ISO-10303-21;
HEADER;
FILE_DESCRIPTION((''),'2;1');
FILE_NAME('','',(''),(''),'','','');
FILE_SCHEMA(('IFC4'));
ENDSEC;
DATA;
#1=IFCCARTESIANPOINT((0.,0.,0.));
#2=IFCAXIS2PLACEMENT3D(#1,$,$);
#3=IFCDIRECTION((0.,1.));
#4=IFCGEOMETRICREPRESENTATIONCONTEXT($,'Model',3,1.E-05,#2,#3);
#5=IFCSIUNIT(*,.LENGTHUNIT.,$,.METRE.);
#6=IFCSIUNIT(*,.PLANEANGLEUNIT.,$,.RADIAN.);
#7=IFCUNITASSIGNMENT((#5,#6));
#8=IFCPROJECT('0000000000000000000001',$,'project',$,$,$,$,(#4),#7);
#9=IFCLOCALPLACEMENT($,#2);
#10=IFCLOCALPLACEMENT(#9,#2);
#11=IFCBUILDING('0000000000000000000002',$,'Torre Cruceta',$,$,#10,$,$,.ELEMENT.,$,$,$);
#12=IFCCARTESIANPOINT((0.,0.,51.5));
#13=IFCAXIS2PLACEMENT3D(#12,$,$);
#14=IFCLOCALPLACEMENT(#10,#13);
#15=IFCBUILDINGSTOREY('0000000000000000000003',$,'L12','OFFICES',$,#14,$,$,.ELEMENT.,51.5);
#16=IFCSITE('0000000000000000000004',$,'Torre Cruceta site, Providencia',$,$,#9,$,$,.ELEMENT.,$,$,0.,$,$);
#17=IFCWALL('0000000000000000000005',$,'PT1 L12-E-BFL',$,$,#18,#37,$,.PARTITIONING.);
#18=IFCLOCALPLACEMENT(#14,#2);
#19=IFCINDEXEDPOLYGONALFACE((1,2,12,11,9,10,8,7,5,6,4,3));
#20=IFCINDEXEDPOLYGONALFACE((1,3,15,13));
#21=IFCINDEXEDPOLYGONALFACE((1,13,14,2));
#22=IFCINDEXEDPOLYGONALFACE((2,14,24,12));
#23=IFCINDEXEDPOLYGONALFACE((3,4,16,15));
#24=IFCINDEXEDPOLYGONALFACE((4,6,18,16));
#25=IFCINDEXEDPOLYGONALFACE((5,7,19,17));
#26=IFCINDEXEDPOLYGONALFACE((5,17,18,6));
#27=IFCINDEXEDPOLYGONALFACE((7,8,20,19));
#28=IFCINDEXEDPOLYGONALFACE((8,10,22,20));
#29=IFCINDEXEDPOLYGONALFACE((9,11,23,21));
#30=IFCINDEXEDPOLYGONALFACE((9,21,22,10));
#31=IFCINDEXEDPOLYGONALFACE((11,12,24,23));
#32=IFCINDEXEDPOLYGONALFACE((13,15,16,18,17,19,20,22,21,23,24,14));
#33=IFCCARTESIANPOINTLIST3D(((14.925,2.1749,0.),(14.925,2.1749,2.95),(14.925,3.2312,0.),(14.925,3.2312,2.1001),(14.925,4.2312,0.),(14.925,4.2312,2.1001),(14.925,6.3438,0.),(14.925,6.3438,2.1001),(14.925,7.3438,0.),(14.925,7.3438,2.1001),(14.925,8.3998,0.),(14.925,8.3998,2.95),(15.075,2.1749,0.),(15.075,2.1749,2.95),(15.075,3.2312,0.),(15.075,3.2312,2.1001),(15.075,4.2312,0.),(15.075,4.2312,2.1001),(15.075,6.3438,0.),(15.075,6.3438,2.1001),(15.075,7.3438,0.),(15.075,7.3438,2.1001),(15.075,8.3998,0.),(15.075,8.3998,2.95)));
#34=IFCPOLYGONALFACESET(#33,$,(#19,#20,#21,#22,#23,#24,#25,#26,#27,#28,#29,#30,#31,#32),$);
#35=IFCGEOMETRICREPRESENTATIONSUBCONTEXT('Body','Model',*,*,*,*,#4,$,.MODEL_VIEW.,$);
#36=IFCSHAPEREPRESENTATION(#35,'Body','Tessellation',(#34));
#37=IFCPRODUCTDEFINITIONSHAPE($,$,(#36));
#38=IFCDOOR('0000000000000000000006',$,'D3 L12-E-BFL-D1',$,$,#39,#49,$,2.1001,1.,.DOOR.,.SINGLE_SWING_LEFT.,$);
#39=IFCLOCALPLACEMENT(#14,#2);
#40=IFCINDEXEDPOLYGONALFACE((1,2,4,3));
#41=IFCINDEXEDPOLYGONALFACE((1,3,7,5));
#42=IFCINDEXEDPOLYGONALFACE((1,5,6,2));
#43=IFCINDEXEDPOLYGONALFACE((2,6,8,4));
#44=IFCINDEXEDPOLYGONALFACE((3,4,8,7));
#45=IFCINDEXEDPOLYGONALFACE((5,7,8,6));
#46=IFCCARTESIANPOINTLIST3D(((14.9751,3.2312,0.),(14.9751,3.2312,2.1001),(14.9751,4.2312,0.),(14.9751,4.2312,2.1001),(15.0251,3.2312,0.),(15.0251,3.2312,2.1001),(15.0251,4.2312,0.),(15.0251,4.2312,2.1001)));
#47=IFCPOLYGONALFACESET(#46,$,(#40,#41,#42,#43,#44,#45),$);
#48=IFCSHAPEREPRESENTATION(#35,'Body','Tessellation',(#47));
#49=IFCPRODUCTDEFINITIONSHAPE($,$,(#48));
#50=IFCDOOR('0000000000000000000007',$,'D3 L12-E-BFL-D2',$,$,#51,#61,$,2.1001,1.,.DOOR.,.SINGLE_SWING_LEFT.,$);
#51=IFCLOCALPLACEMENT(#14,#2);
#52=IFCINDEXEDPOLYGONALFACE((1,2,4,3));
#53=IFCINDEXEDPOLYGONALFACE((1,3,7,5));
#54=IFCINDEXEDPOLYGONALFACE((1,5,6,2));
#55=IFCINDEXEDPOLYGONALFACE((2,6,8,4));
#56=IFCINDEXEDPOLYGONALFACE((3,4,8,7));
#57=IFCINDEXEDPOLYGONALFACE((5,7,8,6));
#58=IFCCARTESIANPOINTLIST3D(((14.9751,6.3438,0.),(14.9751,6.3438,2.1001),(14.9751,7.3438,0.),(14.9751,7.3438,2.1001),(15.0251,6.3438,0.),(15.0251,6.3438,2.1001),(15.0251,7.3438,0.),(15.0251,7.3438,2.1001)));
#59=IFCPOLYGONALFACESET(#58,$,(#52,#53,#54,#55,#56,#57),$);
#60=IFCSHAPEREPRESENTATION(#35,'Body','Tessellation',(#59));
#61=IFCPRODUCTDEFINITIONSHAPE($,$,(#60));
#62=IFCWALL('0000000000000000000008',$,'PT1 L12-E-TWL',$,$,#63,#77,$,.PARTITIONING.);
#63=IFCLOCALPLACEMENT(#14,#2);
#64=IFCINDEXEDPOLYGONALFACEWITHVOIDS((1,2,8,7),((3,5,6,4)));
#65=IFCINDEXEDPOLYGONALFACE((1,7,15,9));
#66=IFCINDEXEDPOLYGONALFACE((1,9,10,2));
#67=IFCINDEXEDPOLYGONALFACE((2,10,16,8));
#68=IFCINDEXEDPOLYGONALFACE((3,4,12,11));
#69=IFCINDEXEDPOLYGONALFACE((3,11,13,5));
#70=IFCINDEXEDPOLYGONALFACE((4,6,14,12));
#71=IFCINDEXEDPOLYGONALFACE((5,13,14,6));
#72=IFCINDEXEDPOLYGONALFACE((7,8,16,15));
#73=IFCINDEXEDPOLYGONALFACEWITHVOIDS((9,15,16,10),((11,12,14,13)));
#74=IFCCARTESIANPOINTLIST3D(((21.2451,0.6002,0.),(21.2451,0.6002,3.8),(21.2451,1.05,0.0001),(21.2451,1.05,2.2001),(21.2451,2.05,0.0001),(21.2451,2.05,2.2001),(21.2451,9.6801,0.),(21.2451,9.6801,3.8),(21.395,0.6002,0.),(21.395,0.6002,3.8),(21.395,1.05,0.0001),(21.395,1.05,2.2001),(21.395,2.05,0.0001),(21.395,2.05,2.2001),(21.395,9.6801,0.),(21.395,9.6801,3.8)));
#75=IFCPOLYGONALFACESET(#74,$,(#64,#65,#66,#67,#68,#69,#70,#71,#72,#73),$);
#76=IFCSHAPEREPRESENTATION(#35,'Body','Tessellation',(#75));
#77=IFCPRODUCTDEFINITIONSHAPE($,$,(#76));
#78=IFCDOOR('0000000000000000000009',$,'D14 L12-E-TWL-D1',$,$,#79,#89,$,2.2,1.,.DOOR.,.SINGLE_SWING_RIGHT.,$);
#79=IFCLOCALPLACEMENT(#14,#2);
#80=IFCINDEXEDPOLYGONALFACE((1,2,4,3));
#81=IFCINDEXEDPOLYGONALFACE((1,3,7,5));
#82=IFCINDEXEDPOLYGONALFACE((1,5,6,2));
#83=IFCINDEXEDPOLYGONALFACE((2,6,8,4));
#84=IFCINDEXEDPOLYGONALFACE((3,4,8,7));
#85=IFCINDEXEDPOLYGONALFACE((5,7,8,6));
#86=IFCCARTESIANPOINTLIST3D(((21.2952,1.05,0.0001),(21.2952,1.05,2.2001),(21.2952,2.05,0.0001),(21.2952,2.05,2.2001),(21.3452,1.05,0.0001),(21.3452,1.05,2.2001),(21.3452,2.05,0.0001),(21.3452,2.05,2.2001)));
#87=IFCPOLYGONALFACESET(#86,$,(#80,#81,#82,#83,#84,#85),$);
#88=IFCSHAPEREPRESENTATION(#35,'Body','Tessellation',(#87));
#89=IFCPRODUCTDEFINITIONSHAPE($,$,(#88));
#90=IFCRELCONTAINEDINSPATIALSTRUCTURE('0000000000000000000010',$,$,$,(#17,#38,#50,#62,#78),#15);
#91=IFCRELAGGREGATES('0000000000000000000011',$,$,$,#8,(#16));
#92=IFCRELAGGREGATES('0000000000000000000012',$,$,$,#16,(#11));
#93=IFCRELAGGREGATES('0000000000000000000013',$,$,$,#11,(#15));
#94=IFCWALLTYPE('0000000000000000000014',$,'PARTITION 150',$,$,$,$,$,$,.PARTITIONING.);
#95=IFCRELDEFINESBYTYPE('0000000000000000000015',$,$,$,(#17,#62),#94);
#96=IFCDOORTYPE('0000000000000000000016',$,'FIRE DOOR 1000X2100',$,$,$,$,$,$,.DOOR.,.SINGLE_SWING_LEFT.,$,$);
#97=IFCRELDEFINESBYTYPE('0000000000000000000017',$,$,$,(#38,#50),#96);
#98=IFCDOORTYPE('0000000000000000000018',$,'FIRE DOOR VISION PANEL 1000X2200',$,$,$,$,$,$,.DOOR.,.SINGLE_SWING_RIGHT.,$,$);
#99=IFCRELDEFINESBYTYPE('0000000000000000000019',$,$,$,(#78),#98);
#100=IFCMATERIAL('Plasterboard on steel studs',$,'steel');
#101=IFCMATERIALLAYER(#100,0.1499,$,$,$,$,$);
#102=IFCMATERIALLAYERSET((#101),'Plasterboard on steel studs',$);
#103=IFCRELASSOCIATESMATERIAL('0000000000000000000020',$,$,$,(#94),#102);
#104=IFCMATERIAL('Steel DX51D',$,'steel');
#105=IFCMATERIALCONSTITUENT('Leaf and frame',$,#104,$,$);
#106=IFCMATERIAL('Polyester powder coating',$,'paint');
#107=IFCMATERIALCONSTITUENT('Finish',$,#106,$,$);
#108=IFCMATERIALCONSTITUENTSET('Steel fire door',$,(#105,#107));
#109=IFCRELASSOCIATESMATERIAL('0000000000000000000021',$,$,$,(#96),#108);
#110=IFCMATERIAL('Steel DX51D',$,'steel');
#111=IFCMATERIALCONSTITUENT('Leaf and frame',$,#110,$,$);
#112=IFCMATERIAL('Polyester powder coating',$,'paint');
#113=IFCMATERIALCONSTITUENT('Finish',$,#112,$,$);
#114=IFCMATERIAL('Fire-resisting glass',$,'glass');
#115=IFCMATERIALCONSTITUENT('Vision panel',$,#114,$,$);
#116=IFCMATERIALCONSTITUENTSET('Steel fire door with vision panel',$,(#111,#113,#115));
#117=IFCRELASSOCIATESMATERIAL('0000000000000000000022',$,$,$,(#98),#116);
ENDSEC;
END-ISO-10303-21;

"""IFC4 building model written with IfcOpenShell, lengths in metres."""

from ifc_helpers import new_model, si_unit, direction, frame, frame_2d, origin, place, context, subcontext, project, spatial, rectangle, extrude, material, layer, layer_set, constituent, constituent_set, type_object, element, fill, save


model = new_model("IFC4")

# Units and contexts
model_context = context("Model", 3, precision=1e-05, world=origin(), true_north=direction((0.0, 1.0)))
body_context = subcontext(model_context, "Body", "Model", "MODEL_VIEW")
ifc_project = project(units=[si_unit("LENGTHUNIT", "METRE"), si_unit("PLANEANGLEUNIT", "RADIAN")], contexts=[model_context])

# Site, building, storey
site_placement = place(None, origin())
site = spatial("IfcSite", under=ifc_project, at=site_placement, Name="Torre Cruceta site, Providencia", CompositionType="ELEMENT", RefElevation=0.0)
building_placement = place(site_placement, origin())
building = spatial("IfcBuilding", under=site, at=building_placement, Name="Torre Cruceta", CompositionType="ELEMENT")
storey_placement = place(building_placement, frame((0.0, 0.0, 51.5)))
storey = spatial("IfcBuildingStorey", under=building, at=storey_placement, Name="L12", Description="OFFICES", CompositionType="ELEMENT", Elevation=51.5)

# Wall, openings, doors
ifc_material_1 = material(Name="Plasterboard on steel studs", Category="steel")
ifc_layer_1 = layer(ifc_material_1, 0.1499)
ifc_layer_set_1 = layer_set([ifc_layer_1], Name="Plasterboard on steel studs")
wall_type_1 = type_object("IfcWallType", Name="PARTITION 150", PredefinedType="PARTITIONING", material=ifc_layer_set_1)
wall_1_placement = place(storey_placement, frame((15.0, 2.175, 0.0), z_axis=(0.0, 0.0, 1.0), x_axis=(0.0, 1.0, 0.0)))
wall_1 = element("IfcWall", 1, at=wall_1_placement, inside=storey, type_object=wall_type_1, Name="PT1 L12-E-BFL", PredefinedType="PARTITIONING", context=body_context, shape_type="SweptSolid", body=[
    extrude(rectangle(XDim=6.2249, YDim=0.1499, at=frame_2d((3.1123, 0.0))), origin(), (0.0, 0.0, 1.0), 2.95),
])
opening_1_placement = place(wall_1_placement, frame((1.0562, 0.0, 0.0)))
opening_1 = element("IfcOpeningElement", 2, at=opening_1_placement, cuts=wall_1, PredefinedType="OPENING", context=body_context, shape_type="SweptSolid", body=[
    extrude(rectangle(XDim=1.0, YDim=2.1001, at=frame_2d((0.5, 1.05))), frame((0.0, 0.085, 0.0), z_axis=(0.0, -1.0, 0.0), x_axis=(1.0, 0.0, 0.0)), (0.0, 0.0, 1.0), 0.1699),
])
opening_2_placement = place(wall_1_placement, frame((4.1687, 0.0, 0.0)))
opening_2 = element("IfcOpeningElement", 3, at=opening_2_placement, cuts=wall_1, PredefinedType="OPENING", context=body_context, shape_type="SweptSolid", body=[
    extrude(rectangle(XDim=1.0, YDim=2.1001, at=frame_2d((0.5, 1.05))), frame((0.0, 0.085, 0.0), z_axis=(0.0, -1.0, 0.0), x_axis=(1.0, 0.0, 0.0)), (0.0, 0.0, 1.0), 0.1699),
])
ifc_material_2 = material(Name="Steel DX51D", Category="steel")
ifc_constituent_1 = constituent(ifc_material_2, Name="Leaf and frame")
ifc_material_3 = material(Name="Polyester powder coating", Category="paint")
ifc_constituent_2 = constituent(ifc_material_3, Name="Finish")
ifc_constituent_set_1 = constituent_set(constituents=[ifc_constituent_1, ifc_constituent_2], Name="Steel fire door")
door_type_1 = type_object("IfcDoorType", Name="FIRE DOOR 1000X2100", OperationType="SINGLE_SWING_LEFT", PredefinedType="DOOR", material=ifc_constituent_set_1)
door_1_placement = place(opening_1_placement, origin())
door_1 = element("IfcDoor", 4, at=door_1_placement, inside=storey, type_object=door_type_1, Name="D3 L12-E-BFL-D1", OperationType="SINGLE_SWING_LEFT", OverallHeight=2.1001, OverallWidth=1.0, PredefinedType="DOOR", context=body_context, shape_type="SweptSolid", body=[
    extrude(rectangle(XDim=1.0, YDim=2.1001, at=frame_2d((0.5, 1.05))), frame((0.0, 0.0249, 0.0), z_axis=(0.0, -1.0, 0.0), x_axis=(1.0, 0.0, 0.0)), (0.0, 0.0, 1.0), 0.05),
])
fill(opening_1, door_1)
door_2_placement = place(opening_2_placement, origin())
door_2 = element("IfcDoor", 5, at=door_2_placement, inside=storey, type_object=door_type_1, Name="D3 L12-E-BFL-D2", OperationType="SINGLE_SWING_LEFT", OverallHeight=2.1001, OverallWidth=1.0, PredefinedType="DOOR", context=body_context, shape_type="SweptSolid", body=[
    extrude(rectangle(XDim=1.0, YDim=2.1001, at=frame_2d((0.5, 1.05))), frame((0.0, 0.0249, 0.0), z_axis=(0.0, -1.0, 0.0), x_axis=(1.0, 0.0, 0.0)), (0.0, 0.0, 1.0), 0.05),
])
fill(opening_2, door_2)

# Wall, opening, door
wall_2_placement = place(storey_placement, frame((21.3201, 0.6001, 0.0), z_axis=(0.0, 0.0, 1.0), x_axis=(0.0, 1.0, 0.0)))
wall_2 = element("IfcWall", 6, at=wall_2_placement, inside=storey, type_object=wall_type_1, Name="PT1 L12-E-TWL", PredefinedType="PARTITIONING", context=body_context, shape_type="SweptSolid", body=[
    extrude(rectangle(XDim=9.0798, YDim=0.1499, at=frame_2d((4.54, 0.0))), origin(), (0.0, 0.0, 1.0), 3.8),
])
opening_3_placement = place(wall_2_placement, frame((0.45, 0.0, 0.0)))
opening_3 = element("IfcOpeningElement", 7, at=opening_3_placement, cuts=wall_2, PredefinedType="OPENING", context=body_context, shape_type="SweptSolid", body=[
    extrude(rectangle(XDim=1.0, YDim=2.2, at=frame_2d((0.5, 1.1001))), frame((0.0, 0.085, 0.0), z_axis=(0.0, -1.0, 0.0), x_axis=(1.0, 0.0, 0.0)), (0.0, 0.0, 1.0), 0.1699),
])
ifc_material_4 = material(Name="Steel DX51D", Category="steel")
ifc_constituent_3 = constituent(ifc_material_4, Name="Leaf and frame")
ifc_material_5 = material(Name="Polyester powder coating", Category="paint")
ifc_constituent_4 = constituent(ifc_material_5, Name="Finish")
ifc_material_6 = material(Name="Fire-resisting glass", Category="glass")
ifc_constituent_5 = constituent(ifc_material_6, Name="Vision panel")
ifc_constituent_set_2 = constituent_set(constituents=[ifc_constituent_3, ifc_constituent_4, ifc_constituent_5], Name="Steel fire door with vision panel")
door_type_2 = type_object("IfcDoorType", Name="FIRE DOOR VISION PANEL 1000X2200", OperationType="SINGLE_SWING_RIGHT", PredefinedType="DOOR", material=ifc_constituent_set_2)
door_3_placement = place(opening_3_placement, frame((1.0, 0.0, 0.0), z_axis=(0.0, 0.0, 1.0), x_axis=(-1.0, 0.0, 0.0)))
door_3 = element("IfcDoor", 8, at=door_3_placement, inside=storey, type_object=door_type_2, Name="D14 L12-E-TWL-D1", OperationType="SINGLE_SWING_RIGHT", OverallHeight=2.2, OverallWidth=1.0, PredefinedType="DOOR", context=body_context, shape_type="SweptSolid", body=[
    extrude(rectangle(XDim=1.0, YDim=2.2, at=frame_2d((0.5, 1.1001))), frame((0.0, 0.0251, 0.0), z_axis=(0.0, -1.0, 0.0), x_axis=(1.0, 0.0, 0.0)), (0.0, 0.0, 1.0), 0.05),
])
fill(opening_3, door_3)

save(model, "model.ifc")
